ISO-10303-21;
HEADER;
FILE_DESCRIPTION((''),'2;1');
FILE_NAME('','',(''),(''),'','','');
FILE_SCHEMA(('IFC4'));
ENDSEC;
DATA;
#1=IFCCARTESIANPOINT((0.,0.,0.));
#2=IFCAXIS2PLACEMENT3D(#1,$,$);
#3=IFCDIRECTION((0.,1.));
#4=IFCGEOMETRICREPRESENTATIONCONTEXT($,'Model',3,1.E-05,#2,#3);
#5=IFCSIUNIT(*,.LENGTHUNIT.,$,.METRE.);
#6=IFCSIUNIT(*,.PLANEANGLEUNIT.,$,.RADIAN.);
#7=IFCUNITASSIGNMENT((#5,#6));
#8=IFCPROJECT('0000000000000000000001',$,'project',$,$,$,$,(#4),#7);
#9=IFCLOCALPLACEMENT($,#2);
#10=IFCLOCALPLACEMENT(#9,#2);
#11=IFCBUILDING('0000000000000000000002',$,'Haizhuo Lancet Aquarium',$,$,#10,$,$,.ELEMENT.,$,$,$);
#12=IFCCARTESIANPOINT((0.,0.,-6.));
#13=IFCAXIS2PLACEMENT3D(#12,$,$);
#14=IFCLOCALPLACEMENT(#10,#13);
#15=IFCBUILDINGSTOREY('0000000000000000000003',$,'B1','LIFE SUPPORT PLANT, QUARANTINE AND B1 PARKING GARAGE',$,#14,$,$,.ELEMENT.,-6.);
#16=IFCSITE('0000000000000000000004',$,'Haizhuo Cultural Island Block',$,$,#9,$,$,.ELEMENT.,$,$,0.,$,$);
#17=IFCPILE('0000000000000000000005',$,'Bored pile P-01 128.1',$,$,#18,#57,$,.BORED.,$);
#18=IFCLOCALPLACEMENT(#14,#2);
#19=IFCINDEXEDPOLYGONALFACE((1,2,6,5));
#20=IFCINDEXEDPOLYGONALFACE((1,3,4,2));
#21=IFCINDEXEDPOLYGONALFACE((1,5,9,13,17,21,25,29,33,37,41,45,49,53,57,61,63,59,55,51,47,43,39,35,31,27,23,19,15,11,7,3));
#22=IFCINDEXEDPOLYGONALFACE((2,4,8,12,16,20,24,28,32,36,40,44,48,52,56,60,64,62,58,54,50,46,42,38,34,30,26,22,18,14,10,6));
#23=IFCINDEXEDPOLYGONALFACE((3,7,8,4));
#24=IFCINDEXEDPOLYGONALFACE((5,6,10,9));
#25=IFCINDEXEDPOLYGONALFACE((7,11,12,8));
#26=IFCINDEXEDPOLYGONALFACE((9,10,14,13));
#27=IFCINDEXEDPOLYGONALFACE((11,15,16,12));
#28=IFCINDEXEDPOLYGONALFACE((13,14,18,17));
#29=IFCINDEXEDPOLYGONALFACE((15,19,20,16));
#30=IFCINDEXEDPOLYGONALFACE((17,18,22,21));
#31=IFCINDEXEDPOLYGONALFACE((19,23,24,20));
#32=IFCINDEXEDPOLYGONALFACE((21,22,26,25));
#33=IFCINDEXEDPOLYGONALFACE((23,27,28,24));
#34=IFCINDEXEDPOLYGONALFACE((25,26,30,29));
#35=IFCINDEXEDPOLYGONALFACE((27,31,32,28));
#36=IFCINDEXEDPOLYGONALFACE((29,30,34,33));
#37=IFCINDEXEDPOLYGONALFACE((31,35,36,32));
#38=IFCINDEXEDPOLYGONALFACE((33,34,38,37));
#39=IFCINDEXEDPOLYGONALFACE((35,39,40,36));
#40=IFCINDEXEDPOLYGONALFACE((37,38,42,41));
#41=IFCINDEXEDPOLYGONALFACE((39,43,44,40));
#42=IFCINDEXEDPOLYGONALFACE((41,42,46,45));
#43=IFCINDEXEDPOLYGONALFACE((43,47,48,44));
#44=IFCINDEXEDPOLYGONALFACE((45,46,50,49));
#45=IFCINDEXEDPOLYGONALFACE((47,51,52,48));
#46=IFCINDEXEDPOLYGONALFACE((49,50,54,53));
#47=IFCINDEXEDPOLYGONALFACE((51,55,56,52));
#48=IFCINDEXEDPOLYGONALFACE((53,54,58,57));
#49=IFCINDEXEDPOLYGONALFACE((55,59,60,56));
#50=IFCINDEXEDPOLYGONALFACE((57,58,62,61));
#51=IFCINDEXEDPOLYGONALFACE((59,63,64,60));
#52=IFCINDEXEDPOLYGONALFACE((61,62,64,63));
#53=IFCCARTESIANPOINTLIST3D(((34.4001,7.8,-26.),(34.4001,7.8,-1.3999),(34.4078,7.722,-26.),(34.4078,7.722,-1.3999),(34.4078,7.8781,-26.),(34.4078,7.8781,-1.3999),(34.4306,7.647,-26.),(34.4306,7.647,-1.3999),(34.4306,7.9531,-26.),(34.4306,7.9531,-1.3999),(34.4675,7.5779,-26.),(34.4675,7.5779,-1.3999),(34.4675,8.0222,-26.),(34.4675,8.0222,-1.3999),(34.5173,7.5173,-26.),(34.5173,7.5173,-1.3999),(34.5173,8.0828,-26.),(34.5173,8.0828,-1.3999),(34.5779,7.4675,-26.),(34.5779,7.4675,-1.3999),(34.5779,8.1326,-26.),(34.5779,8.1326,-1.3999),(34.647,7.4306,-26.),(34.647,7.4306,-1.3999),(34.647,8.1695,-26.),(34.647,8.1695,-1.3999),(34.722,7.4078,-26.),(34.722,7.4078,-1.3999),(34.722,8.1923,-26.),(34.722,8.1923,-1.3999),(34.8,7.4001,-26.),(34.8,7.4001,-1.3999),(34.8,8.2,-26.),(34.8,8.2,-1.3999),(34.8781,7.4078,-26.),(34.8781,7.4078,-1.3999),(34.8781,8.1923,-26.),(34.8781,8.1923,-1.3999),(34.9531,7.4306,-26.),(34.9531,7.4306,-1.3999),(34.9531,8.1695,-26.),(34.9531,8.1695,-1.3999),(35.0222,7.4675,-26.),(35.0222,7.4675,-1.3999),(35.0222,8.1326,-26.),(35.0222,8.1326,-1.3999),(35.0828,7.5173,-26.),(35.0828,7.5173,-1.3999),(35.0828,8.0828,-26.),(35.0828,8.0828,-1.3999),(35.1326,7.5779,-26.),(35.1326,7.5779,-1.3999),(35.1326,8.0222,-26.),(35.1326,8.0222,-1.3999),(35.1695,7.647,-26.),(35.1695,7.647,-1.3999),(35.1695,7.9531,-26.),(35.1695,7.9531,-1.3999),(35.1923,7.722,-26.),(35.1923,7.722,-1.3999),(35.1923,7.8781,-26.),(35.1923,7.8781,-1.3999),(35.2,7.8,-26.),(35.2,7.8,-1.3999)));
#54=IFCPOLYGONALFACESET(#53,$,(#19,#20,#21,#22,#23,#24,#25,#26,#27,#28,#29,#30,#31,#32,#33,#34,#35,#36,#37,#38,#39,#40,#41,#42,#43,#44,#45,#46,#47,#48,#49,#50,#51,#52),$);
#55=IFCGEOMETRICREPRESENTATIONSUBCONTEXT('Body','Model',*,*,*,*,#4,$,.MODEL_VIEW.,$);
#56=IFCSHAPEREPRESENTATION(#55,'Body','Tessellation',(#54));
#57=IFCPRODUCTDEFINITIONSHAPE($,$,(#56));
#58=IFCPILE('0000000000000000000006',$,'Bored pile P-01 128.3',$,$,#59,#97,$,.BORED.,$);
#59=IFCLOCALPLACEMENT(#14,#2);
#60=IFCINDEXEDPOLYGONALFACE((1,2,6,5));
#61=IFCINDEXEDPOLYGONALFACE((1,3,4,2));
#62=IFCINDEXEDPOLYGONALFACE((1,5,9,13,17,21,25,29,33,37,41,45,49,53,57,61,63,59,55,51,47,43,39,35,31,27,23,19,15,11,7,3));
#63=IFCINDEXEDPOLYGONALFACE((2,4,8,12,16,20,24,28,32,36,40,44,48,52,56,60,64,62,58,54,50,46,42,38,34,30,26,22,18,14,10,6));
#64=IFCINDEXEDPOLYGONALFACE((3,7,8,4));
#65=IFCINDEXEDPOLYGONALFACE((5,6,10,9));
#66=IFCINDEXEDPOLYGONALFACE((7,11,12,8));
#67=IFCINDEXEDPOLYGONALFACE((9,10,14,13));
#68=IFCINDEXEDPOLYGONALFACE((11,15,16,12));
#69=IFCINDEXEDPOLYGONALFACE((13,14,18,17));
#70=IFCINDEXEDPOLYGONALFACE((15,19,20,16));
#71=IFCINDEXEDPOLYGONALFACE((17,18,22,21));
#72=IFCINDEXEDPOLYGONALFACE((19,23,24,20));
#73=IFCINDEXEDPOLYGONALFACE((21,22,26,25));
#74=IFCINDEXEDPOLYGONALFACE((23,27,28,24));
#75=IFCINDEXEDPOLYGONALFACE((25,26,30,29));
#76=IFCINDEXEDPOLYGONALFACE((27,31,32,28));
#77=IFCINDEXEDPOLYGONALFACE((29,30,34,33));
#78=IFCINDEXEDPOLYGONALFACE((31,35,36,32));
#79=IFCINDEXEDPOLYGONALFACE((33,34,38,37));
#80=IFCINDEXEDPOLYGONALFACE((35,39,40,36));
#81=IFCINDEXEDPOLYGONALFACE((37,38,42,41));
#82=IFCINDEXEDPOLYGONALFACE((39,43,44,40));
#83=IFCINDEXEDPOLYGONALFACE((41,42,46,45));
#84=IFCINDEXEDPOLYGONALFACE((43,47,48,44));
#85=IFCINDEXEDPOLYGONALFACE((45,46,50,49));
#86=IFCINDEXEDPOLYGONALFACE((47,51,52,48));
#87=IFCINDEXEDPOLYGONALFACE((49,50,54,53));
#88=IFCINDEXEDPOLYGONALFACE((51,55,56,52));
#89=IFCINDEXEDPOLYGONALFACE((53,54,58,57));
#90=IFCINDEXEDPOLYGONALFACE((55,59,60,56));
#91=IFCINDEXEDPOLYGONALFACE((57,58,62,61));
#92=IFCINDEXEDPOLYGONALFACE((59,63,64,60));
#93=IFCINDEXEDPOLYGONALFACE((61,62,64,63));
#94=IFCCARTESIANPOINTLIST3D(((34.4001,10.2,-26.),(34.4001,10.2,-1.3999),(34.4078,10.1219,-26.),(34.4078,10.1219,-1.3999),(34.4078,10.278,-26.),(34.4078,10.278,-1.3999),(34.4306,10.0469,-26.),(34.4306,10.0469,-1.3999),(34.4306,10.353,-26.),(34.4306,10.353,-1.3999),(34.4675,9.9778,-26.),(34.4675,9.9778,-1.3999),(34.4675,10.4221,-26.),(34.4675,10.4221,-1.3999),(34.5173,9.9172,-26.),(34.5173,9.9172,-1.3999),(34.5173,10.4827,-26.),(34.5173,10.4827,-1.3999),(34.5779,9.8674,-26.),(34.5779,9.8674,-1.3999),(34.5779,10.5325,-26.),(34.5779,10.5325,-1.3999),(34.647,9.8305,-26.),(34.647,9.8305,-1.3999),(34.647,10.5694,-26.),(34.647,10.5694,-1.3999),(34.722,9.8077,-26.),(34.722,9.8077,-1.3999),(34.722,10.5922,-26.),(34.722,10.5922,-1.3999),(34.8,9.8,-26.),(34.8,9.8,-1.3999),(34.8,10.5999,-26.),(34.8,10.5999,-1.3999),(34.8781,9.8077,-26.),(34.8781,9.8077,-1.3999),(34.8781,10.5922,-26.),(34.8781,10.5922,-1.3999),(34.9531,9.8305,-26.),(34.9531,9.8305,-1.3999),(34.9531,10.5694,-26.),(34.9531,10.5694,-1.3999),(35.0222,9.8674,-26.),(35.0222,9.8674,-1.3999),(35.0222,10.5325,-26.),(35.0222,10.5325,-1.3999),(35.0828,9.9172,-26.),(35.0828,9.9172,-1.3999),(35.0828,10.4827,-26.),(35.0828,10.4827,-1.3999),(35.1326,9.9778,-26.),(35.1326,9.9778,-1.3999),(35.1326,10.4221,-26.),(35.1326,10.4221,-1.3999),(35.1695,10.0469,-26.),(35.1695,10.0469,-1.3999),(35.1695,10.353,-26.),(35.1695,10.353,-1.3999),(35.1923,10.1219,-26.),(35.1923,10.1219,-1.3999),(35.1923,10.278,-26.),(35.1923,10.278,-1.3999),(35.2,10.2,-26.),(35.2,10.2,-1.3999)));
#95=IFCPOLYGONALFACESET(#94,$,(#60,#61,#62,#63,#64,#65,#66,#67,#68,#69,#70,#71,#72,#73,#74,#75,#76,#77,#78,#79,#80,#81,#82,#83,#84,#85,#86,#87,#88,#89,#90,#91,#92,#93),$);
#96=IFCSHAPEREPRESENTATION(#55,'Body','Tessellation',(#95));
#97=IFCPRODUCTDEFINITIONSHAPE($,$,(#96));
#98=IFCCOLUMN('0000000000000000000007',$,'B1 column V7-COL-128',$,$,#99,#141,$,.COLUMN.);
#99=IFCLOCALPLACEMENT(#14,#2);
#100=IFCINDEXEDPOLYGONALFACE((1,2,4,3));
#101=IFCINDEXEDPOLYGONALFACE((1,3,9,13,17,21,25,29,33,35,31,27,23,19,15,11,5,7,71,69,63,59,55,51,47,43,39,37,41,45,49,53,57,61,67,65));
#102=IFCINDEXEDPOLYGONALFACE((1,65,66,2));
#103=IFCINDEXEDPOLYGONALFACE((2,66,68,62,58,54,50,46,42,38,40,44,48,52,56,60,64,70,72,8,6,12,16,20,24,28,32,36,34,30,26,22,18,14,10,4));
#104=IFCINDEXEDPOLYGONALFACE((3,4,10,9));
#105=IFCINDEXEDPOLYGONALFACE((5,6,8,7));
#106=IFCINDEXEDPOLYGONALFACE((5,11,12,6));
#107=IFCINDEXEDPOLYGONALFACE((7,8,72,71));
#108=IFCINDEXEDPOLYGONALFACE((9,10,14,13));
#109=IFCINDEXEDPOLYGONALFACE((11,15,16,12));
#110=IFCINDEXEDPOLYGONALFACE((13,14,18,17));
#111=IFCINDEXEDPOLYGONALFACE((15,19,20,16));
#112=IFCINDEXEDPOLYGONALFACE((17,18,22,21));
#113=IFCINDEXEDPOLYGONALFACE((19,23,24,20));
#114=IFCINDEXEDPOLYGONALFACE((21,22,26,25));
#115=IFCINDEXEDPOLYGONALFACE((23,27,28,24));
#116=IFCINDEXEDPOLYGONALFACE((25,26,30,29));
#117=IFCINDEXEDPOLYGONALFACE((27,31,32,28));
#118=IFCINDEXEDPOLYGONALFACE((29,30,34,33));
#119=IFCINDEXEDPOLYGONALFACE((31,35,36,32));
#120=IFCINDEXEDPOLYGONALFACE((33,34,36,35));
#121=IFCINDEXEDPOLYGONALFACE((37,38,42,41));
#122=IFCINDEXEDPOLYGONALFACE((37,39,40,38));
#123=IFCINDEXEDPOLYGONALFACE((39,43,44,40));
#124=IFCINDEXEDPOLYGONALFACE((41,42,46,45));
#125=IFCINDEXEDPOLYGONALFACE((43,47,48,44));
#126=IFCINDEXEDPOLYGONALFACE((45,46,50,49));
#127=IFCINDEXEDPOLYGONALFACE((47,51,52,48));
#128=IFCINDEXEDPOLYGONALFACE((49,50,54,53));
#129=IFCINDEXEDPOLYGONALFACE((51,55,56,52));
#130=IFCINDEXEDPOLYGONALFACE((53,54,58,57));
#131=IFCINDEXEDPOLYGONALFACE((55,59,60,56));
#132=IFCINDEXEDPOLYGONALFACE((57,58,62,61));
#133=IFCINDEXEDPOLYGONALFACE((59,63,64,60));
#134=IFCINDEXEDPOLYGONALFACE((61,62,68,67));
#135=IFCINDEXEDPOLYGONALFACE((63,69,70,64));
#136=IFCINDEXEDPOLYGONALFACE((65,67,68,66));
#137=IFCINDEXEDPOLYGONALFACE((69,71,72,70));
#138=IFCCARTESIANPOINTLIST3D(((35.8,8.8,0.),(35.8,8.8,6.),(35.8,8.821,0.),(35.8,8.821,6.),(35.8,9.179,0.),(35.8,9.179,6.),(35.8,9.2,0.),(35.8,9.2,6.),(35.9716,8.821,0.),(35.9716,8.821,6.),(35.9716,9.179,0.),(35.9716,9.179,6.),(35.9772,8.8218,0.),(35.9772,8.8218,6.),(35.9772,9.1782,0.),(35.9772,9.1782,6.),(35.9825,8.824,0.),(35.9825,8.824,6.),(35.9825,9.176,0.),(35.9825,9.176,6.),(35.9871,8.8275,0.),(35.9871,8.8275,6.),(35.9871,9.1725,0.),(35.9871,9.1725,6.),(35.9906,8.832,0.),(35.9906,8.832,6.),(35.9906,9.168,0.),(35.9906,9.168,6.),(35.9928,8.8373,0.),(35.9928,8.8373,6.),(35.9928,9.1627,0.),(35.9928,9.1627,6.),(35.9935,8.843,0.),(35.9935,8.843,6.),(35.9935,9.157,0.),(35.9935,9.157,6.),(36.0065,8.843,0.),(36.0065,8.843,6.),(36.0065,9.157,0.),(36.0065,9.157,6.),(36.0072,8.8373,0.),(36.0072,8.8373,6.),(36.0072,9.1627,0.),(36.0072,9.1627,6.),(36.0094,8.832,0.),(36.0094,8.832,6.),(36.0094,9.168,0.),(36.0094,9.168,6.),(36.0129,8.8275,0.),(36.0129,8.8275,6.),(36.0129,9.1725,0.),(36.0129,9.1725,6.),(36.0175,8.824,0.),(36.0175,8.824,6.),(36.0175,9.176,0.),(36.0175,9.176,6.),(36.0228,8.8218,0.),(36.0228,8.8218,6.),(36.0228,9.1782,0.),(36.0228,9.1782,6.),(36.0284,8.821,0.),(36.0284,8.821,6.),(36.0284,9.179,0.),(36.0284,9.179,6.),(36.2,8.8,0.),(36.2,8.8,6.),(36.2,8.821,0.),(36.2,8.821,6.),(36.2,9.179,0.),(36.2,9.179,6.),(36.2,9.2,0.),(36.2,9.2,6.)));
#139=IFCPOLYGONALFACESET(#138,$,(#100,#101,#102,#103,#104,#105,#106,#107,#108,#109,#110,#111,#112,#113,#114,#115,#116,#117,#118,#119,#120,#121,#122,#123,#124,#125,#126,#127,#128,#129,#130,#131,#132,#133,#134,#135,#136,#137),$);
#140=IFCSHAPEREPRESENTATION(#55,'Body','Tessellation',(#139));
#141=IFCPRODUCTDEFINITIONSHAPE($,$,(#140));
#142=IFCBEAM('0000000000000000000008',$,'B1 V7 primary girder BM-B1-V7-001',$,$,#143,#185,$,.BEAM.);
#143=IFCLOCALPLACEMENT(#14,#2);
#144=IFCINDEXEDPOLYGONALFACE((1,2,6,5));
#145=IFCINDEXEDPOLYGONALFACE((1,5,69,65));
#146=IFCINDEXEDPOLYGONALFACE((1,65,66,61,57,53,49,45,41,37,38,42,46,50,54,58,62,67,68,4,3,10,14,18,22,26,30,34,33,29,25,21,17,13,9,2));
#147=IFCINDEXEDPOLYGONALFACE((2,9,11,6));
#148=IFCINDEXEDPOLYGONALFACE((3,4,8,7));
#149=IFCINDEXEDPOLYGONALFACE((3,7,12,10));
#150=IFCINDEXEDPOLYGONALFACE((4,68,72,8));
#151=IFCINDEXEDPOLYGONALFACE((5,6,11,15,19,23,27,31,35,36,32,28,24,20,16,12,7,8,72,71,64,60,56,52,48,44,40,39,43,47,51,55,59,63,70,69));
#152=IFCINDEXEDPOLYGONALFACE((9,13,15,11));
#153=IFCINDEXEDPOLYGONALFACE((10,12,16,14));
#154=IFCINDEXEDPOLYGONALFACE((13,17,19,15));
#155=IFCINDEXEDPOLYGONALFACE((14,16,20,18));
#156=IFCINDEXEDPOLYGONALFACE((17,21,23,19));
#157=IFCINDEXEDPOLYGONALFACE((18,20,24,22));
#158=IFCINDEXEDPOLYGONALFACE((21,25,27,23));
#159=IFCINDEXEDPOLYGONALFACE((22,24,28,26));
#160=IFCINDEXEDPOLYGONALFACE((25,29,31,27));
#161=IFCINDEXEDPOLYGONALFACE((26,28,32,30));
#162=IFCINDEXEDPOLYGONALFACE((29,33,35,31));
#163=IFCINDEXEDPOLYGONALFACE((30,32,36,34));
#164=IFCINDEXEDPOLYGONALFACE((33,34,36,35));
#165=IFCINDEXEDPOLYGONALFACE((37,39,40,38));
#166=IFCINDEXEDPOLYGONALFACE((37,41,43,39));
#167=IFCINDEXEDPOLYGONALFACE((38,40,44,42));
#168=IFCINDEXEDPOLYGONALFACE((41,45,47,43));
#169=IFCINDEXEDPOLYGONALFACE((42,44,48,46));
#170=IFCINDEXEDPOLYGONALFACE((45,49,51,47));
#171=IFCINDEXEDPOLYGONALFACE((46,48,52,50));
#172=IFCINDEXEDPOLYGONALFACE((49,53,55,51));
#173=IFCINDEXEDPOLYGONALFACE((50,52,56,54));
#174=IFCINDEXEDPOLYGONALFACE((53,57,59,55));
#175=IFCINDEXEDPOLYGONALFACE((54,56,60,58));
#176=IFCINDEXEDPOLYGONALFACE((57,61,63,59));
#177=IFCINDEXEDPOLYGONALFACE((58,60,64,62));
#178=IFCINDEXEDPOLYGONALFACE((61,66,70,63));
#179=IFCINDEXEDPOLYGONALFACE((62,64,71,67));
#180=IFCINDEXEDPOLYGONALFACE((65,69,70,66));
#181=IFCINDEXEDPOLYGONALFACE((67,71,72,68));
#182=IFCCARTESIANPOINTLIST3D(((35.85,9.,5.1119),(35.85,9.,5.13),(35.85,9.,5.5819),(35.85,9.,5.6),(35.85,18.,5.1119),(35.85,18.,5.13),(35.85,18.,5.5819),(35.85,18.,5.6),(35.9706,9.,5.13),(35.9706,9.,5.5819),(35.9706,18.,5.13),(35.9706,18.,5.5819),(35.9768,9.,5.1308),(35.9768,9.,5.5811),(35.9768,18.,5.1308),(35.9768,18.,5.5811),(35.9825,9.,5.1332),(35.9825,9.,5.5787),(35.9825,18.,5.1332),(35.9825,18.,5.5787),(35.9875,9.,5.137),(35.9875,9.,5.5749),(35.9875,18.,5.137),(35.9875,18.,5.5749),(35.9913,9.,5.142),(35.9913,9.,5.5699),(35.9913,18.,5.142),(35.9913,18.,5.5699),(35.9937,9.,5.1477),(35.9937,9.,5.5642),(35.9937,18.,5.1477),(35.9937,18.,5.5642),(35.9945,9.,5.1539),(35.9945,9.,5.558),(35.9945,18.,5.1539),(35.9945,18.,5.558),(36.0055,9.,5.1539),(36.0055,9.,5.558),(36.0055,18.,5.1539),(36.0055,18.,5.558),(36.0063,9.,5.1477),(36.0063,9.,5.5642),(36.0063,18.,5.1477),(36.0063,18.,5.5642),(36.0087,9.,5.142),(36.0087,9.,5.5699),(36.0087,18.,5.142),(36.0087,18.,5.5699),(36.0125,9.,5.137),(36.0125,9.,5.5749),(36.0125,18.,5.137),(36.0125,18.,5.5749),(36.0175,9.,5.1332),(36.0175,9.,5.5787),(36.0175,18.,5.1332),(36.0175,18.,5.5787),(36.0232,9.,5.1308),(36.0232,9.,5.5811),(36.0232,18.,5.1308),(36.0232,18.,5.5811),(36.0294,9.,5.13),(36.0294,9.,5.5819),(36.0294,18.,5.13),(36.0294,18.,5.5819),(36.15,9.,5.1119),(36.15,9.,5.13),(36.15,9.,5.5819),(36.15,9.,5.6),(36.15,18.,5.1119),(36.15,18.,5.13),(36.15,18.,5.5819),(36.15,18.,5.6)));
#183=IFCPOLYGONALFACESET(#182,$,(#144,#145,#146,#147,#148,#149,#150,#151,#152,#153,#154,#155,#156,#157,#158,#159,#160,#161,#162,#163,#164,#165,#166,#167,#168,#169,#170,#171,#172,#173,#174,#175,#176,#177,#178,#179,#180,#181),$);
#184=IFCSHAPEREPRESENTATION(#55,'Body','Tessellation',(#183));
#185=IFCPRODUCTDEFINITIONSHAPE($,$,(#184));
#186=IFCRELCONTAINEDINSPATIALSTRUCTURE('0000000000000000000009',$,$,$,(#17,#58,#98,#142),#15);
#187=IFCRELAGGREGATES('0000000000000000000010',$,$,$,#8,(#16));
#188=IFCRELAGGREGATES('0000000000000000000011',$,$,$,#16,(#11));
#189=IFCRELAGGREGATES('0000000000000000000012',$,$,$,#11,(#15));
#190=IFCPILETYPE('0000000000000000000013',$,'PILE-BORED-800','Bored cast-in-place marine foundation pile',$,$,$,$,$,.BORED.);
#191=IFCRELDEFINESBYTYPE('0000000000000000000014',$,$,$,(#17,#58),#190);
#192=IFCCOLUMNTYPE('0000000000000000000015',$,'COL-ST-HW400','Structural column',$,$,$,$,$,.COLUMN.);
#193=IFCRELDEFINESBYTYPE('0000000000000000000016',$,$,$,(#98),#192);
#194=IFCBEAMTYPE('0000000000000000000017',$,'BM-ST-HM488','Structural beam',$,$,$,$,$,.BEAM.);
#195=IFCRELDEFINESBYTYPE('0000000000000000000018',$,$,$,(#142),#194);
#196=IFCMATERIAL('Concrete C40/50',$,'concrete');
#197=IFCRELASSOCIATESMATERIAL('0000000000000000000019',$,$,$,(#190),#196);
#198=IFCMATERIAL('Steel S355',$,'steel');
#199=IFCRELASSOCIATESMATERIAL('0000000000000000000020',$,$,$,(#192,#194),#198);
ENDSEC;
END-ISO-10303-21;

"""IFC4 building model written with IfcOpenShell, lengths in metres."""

from ifc_helpers import new_model, si_unit, direction, frame, origin, origin_2d, place, context, subcontext, project, spatial, circle, i_section, extrude, material, material_profile, profile_set, type_object, element, save


model = new_model("IFC4")

# Units and contexts
model_context = context("Model", 3, precision=1e-05, world=origin(), true_north=direction((0.0, 1.0)))
body_context = subcontext(model_context, "Body", "Model", "MODEL_VIEW")
ifc_project = project(units=[si_unit("LENGTHUNIT", "METRE"), si_unit("PLANEANGLEUNIT", "RADIAN")], contexts=[model_context])

# Site, building, storey
site_placement = place(None, origin())
site = spatial("IfcSite", under=ifc_project, at=site_placement, Name="Haizhuo Cultural Island Block", CompositionType="ELEMENT", RefElevation=0.0)
building_placement = place(site_placement, origin())
building = spatial("IfcBuilding", under=site, at=building_placement, Name="Haizhuo Lancet Aquarium", CompositionType="ELEMENT")
storey_placement = place(building_placement, frame((0.0, 0.0, -6.0)))
storey = spatial("IfcBuildingStorey", under=building, at=storey_placement, Name="B1", Description="LIFE SUPPORT PLANT, QUARANTINE AND B1 PARKING GARAGE", CompositionType="ELEMENT", Elevation=-6.0)

# Shared definitions
ifc_material_1 = material(Name="Concrete C40/50", Category="concrete")

# Piles
ifc_material_profile_1 = material_profile(ifc_material_1, circle(Radius=0.3999, at=origin_2d()), Name="PILE-800")
ifc_profile_set_1 = profile_set([ifc_material_profile_1], Name="Concrete C40/50")
pile_type_1 = type_object("IfcPileType", Name="PILE-BORED-800", Description="Bored cast-in-place marine foundation pile", PredefinedType="BORED", material=ifc_profile_set_1)
for number, where, z_axis, x_axis, name in (
    (1, (34.8, 7.8, -1.3999), (0.0, 0.0, -1.0), (1.0, 0.0, 0.0), "Bored pile P-01 128.1"),
    (2, (34.8, 10.2, -1.3999), (0.0, 0.0, -1.0), (1.0, 0.0, 0.0), "Bored pile P-01 128.3"),
):
    element("IfcPile", number, at=place(storey_placement, frame(where, z_axis=z_axis, x_axis=x_axis)), inside=storey, type_object=pile_type_1, Name=name, PredefinedType="BORED", context=body_context, shape_type="SweptSolid", body=[
        extrude(circle(Radius=0.3999, at=origin_2d()), origin(), (0.0, 0.0, 1.0), 24.6001),
    ])

# Column
ifc_material_2 = material(Name="Steel S355", Category="steel")
ifc_material_profile_2 = material_profile(ifc_material_2, i_section(OverallWidth=0.3999, OverallDepth=0.3999, WebThickness=0.0129, FlangeThickness=0.021, FilletRadius=0.022, at=origin_2d()), Name="HW 400x400x13x21")
ifc_profile_set_2 = profile_set([ifc_material_profile_2], Name="Steel S355")
column_type_1 = type_object("IfcColumnType", Name="COL-ST-HW400", Description="Structural column", PredefinedType="COLUMN", material=ifc_profile_set_2)
column_1_placement = place(storey_placement, frame((36.0, 9.0, 0.0), z_axis=(0.0, 0.0, 1.0), x_axis=(1.0, 0.0, 0.0)))
element("IfcColumn", 3, at=column_1_placement, inside=storey, type_object=column_type_1, Name="B1 column V7-COL-128", PredefinedType="COLUMN", context=body_context, shape_type="SweptSolid", body=[
    extrude(i_section(OverallWidth=0.3999, OverallDepth=0.3999, WebThickness=0.0129, FlangeThickness=0.021, FilletRadius=0.022, at=origin_2d()), origin(), (0.0, 0.0, 1.0), 6.0),
])

# Beam
ifc_material_profile_3 = material_profile(ifc_material_2, i_section(OverallWidth=0.3, OverallDepth=0.488, WebThickness=0.011, FlangeThickness=0.0181, FilletRadius=0.0239, at=origin_2d()), Name="HM 488x300x11x18")
ifc_profile_set_3 = profile_set([ifc_material_profile_3], Name="Steel S355")
beam_type_1 = type_object("IfcBeamType", Name="BM-ST-HM488", Description="Structural beam", PredefinedType="BEAM", material=ifc_profile_set_3)
beam_1_placement = place(storey_placement, frame((36.0, 9.0, 5.356), z_axis=(0.0, 1.0, 0.0), x_axis=(-1.0, 0.0, 0.0)))
element("IfcBeam", 4, at=beam_1_placement, inside=storey, type_object=beam_type_1, Name="B1 V7 primary girder BM-B1-V7-001", PredefinedType="BEAM", context=body_context, shape_type="SweptSolid", body=[
    extrude(i_section(OverallWidth=0.3, OverallDepth=0.488, WebThickness=0.011, FlangeThickness=0.0181, FilletRadius=0.0239, at=origin_2d()), origin(), (0.0, 0.0, 1.0), 9.0),
])

save(model, "model.ifc")
